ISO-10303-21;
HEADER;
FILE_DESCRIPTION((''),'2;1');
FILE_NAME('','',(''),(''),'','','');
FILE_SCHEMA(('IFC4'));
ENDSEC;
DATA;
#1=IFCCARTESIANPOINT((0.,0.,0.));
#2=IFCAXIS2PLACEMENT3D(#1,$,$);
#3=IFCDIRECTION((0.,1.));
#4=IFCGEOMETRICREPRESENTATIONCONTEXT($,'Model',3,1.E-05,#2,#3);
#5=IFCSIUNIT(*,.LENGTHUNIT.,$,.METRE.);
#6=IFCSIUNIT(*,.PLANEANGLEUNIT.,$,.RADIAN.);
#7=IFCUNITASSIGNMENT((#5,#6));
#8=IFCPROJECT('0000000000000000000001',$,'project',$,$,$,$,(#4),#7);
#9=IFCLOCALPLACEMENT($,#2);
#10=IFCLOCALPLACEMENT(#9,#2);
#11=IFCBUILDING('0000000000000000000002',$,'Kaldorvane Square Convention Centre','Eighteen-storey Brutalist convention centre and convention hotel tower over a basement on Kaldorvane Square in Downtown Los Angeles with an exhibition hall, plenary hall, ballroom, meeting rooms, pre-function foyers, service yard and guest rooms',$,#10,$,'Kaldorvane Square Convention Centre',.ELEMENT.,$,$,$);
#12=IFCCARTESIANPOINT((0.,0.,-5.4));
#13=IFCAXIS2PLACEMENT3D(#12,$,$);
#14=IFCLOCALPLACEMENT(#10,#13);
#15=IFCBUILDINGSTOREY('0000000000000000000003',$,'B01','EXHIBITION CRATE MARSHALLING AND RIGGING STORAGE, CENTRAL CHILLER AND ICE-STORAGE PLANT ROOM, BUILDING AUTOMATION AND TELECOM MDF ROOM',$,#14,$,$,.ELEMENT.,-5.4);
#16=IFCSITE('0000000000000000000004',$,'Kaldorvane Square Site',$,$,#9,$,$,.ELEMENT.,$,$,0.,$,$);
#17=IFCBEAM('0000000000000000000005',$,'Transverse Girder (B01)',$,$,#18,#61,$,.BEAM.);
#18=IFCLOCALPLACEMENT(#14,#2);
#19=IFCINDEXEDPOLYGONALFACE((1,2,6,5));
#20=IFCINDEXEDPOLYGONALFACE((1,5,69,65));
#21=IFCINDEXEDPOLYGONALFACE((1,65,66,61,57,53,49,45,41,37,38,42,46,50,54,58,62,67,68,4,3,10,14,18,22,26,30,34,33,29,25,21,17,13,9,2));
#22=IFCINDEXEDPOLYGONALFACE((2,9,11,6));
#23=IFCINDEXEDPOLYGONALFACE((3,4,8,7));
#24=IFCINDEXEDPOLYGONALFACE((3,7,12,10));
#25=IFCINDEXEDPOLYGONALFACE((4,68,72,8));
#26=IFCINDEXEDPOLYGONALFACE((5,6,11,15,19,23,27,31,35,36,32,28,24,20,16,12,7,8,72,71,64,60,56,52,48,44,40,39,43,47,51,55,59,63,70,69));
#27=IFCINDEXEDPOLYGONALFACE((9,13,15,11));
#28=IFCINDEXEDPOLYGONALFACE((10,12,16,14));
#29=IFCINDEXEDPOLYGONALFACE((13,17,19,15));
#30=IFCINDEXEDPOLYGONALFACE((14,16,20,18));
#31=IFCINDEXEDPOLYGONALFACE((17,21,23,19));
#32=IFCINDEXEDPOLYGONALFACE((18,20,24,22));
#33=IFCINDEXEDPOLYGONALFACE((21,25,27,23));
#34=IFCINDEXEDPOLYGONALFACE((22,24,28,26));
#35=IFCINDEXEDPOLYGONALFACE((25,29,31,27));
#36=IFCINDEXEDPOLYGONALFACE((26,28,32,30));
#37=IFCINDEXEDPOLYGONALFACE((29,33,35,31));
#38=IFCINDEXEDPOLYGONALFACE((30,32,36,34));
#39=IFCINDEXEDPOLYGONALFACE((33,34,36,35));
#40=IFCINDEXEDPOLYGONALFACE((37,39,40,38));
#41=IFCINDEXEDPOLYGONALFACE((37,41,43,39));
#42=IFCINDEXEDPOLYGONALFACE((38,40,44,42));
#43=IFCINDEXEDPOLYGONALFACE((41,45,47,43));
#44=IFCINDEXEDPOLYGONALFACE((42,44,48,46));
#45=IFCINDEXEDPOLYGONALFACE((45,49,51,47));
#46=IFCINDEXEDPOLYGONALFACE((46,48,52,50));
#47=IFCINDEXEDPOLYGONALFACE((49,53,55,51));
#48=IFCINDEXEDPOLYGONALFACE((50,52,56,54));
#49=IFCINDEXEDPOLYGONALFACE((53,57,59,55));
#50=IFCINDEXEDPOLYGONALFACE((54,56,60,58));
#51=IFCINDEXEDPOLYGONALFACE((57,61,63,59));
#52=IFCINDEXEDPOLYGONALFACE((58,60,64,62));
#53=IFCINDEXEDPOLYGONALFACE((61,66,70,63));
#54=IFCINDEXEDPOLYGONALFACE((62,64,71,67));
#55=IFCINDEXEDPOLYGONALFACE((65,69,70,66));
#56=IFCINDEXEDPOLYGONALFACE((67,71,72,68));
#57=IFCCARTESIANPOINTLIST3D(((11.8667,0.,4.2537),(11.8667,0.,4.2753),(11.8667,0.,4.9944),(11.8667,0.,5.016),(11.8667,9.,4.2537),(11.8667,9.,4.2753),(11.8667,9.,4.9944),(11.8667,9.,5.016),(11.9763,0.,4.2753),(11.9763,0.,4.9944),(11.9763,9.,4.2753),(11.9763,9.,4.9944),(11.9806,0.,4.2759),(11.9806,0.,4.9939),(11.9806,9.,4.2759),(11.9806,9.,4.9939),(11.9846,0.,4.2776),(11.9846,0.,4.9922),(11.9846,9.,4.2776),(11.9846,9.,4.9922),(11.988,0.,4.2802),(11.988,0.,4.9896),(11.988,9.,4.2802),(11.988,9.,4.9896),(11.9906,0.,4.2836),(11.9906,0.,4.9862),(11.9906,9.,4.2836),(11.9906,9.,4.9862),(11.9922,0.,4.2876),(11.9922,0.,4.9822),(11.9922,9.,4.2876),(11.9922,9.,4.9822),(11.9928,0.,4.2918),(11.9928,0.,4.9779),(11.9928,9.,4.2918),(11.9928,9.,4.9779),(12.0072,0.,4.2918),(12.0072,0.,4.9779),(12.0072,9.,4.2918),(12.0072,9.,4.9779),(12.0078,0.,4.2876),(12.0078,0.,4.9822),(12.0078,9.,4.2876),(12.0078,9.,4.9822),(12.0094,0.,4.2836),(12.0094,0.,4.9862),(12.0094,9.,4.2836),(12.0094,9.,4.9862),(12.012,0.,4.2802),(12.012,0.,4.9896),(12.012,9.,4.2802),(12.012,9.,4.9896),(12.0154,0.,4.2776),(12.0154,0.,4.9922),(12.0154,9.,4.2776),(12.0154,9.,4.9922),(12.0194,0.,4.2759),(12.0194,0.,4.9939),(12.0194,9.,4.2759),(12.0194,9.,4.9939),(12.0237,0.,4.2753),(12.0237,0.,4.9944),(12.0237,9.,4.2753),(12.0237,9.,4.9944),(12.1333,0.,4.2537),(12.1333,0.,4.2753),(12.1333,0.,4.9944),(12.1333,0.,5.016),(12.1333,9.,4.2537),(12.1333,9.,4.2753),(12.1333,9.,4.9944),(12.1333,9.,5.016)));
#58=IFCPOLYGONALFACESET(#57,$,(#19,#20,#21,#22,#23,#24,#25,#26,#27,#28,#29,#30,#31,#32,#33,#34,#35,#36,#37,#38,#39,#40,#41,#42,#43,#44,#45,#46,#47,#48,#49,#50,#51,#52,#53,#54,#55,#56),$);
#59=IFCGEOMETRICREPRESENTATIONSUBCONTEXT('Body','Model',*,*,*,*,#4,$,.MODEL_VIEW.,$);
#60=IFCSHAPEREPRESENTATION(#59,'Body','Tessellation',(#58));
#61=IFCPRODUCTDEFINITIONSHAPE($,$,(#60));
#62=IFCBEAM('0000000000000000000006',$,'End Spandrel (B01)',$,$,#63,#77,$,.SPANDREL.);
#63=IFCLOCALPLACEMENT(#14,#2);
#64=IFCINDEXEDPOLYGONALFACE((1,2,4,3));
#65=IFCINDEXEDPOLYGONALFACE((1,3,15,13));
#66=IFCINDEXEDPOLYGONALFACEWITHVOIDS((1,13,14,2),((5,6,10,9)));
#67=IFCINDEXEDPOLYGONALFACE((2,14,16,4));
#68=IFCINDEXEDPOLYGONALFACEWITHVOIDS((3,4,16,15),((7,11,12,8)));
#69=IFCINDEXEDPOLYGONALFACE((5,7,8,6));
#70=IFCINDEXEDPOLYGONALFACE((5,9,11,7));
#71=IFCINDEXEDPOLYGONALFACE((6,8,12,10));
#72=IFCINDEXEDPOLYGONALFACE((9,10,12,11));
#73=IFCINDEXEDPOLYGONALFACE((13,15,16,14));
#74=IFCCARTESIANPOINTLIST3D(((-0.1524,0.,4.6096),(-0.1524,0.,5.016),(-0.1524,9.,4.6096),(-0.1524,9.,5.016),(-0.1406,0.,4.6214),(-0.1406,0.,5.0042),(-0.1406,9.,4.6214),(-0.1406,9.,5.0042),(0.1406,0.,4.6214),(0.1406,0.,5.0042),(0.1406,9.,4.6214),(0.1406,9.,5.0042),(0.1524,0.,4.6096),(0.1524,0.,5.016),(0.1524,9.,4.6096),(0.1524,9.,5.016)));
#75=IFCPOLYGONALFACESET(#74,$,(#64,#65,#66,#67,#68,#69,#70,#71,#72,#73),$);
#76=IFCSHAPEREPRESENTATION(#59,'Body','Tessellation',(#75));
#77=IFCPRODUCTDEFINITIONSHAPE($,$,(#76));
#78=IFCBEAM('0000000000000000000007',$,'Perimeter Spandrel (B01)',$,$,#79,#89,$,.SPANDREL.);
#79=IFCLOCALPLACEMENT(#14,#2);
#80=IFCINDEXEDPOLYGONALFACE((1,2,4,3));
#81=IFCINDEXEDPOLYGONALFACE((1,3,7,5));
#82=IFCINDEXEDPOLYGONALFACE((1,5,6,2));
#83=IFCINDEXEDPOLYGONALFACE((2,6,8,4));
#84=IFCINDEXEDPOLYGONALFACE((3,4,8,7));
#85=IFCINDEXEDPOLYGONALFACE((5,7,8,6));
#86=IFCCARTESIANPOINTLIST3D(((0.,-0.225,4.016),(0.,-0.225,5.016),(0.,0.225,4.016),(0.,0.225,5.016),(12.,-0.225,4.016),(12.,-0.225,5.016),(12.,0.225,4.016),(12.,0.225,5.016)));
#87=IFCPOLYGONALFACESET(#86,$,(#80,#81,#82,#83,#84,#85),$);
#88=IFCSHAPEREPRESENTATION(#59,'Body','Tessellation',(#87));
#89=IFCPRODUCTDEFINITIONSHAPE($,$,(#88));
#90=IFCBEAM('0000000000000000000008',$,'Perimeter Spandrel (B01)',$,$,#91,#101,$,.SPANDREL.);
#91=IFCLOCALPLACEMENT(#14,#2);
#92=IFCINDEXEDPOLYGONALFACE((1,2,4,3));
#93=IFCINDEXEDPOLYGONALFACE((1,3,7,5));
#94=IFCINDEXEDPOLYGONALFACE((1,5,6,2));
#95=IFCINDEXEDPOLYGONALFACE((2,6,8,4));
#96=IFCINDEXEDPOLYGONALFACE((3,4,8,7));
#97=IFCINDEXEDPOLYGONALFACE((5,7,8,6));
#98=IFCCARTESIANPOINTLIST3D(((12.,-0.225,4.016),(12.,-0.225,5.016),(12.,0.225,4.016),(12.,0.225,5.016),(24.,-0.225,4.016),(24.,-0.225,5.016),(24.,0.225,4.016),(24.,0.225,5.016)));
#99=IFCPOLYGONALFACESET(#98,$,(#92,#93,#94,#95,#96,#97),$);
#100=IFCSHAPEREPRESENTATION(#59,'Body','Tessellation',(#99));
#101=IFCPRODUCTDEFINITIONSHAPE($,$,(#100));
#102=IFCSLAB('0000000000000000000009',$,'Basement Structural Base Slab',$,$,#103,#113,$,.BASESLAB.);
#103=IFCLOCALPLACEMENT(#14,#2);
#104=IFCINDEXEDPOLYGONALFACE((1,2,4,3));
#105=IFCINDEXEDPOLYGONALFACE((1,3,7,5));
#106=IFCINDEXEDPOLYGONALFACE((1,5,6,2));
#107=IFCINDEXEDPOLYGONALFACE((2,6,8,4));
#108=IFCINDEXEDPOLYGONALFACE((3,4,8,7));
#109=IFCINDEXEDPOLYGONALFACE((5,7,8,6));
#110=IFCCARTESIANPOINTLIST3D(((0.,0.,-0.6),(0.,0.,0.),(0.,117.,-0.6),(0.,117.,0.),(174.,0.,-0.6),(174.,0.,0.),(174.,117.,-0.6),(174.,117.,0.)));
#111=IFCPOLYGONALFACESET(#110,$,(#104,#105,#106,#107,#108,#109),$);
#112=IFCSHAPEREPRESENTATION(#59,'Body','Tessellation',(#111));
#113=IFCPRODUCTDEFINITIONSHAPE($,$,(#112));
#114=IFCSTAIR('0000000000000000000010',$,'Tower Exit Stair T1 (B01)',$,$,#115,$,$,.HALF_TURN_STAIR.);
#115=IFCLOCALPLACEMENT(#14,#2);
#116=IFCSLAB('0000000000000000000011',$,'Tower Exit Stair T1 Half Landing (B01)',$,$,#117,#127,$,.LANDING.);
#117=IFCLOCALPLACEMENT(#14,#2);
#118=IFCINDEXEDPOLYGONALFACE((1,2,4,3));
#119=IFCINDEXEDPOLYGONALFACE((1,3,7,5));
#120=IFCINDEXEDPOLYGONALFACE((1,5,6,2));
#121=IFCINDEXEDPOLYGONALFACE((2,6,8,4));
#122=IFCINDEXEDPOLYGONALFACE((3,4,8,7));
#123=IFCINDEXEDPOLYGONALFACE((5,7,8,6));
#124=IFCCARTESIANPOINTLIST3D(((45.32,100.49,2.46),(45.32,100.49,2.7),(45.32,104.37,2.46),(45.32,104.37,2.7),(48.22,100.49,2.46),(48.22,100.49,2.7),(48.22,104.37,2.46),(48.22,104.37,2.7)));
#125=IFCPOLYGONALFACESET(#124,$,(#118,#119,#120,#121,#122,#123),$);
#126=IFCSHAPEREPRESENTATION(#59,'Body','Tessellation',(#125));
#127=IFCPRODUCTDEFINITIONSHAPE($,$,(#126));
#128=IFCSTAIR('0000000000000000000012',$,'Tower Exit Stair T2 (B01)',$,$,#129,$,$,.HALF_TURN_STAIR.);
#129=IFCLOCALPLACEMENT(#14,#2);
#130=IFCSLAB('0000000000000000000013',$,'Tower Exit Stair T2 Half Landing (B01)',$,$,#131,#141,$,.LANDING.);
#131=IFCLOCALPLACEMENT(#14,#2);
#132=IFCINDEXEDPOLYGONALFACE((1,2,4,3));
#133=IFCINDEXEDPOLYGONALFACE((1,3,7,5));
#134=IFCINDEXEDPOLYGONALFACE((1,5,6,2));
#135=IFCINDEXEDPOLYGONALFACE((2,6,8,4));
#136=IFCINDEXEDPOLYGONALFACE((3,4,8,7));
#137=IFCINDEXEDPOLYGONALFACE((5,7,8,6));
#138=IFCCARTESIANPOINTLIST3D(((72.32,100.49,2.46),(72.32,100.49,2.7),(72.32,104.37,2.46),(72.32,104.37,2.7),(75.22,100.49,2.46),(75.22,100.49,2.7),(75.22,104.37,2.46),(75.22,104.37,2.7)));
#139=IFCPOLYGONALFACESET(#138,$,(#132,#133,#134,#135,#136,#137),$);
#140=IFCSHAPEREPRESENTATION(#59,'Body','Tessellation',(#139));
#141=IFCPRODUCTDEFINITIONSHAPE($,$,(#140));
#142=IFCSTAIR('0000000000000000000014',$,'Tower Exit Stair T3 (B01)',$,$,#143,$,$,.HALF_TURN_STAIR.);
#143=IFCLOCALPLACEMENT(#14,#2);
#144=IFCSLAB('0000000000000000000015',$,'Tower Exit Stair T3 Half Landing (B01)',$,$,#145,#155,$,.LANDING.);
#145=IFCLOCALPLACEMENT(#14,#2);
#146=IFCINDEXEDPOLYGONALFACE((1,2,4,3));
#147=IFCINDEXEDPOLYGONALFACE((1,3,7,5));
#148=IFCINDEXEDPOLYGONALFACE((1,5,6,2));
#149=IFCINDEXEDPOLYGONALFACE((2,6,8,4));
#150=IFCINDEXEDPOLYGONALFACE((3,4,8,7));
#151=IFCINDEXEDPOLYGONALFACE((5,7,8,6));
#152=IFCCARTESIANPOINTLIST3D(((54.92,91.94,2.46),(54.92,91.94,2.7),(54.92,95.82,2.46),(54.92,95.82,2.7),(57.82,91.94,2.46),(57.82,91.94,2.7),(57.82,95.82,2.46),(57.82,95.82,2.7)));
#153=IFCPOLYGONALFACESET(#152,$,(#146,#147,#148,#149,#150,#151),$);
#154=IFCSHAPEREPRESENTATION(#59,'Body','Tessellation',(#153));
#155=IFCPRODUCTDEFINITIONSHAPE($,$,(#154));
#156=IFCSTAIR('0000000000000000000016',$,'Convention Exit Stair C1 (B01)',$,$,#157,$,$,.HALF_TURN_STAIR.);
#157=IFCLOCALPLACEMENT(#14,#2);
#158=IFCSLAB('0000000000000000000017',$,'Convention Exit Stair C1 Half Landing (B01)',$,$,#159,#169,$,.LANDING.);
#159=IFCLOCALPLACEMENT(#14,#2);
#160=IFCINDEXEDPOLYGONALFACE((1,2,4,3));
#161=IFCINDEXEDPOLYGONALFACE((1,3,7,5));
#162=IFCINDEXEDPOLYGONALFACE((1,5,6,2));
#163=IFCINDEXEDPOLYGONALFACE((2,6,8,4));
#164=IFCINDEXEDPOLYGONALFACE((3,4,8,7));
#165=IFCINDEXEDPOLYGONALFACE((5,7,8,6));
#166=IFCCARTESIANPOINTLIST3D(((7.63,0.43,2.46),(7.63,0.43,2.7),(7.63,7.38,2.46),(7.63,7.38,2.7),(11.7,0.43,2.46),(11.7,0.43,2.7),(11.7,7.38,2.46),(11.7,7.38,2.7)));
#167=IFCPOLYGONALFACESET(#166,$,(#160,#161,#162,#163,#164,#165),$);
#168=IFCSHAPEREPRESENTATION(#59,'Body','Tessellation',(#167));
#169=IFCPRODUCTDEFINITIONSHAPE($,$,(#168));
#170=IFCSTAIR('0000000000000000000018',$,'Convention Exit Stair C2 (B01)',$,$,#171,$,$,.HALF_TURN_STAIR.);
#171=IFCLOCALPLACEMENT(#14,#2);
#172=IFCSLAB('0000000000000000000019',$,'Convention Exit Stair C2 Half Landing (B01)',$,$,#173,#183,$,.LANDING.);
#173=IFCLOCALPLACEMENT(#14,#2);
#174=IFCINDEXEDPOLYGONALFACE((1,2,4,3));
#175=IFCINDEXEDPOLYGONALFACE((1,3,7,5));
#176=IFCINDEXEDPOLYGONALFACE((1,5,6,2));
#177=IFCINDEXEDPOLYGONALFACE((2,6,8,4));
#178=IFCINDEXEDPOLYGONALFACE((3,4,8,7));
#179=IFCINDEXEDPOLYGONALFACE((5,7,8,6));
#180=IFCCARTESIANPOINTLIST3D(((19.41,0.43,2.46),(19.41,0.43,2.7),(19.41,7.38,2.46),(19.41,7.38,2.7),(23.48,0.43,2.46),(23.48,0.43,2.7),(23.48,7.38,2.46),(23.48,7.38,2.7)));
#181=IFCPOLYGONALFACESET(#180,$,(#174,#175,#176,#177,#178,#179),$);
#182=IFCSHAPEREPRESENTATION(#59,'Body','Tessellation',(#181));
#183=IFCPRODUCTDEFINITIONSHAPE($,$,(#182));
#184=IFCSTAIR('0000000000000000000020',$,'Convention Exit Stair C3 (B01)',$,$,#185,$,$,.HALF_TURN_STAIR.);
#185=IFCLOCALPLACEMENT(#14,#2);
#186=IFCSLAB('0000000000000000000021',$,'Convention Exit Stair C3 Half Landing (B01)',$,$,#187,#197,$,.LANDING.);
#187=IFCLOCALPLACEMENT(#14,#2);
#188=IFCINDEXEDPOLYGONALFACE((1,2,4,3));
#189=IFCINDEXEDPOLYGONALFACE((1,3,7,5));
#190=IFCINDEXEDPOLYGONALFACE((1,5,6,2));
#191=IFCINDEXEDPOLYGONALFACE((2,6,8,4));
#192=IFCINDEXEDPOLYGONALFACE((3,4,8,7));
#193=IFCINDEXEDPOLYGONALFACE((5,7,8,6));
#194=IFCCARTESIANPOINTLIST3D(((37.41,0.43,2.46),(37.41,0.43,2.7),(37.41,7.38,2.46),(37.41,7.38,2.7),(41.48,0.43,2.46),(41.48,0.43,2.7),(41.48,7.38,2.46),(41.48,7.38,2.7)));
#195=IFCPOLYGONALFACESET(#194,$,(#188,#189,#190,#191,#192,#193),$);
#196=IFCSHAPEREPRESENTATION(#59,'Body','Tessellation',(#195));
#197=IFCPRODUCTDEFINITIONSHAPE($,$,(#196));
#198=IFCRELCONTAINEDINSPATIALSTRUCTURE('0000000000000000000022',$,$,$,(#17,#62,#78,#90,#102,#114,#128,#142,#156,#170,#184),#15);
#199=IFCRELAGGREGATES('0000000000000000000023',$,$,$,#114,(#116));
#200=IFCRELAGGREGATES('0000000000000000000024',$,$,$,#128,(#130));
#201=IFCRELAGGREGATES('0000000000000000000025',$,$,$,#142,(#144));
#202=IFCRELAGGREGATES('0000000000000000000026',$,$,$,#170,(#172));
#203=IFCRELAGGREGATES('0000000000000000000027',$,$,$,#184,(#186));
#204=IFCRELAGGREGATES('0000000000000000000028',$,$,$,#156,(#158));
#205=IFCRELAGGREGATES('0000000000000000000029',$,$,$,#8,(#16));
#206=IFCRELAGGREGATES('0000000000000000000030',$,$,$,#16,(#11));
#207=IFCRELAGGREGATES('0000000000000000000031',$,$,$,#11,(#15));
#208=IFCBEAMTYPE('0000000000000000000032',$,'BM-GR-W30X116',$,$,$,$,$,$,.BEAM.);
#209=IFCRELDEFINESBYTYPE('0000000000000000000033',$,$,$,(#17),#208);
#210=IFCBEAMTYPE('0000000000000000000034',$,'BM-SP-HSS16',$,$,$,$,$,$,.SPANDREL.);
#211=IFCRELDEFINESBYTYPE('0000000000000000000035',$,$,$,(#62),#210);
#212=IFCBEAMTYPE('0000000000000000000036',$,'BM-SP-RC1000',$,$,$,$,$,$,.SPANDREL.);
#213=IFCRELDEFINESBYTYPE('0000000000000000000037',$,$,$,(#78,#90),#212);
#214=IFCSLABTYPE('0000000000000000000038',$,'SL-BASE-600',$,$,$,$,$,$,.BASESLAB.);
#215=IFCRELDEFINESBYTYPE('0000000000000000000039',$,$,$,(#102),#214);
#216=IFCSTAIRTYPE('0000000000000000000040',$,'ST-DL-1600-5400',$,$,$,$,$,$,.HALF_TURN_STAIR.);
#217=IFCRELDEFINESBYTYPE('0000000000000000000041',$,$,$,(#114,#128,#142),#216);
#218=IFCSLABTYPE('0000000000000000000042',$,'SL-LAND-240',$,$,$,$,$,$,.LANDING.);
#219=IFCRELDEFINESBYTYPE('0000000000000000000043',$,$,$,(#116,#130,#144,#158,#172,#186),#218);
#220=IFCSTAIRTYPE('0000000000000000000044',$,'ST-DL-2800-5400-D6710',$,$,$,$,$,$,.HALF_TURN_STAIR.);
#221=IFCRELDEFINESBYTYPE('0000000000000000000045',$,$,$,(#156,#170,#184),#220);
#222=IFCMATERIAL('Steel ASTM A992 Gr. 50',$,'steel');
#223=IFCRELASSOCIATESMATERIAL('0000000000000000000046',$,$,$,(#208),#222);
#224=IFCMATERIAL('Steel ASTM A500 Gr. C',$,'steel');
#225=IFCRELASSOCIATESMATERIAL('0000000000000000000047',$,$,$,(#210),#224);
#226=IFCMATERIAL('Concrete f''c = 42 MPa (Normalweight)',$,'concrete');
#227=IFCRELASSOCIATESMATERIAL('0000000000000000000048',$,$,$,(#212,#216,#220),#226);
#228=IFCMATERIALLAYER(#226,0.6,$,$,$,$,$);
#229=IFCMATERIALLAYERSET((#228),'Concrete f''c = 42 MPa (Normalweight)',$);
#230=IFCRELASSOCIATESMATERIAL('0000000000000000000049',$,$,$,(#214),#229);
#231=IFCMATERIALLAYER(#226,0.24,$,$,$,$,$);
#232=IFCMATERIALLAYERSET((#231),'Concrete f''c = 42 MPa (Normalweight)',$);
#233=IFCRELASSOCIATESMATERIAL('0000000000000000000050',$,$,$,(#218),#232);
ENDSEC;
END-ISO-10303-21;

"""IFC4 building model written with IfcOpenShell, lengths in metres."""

from ifc_helpers import new_model, si_unit, direction, frame, origin, origin_2d, place, context, subcontext, project, spatial, polyline, rectangle, hollow_rectangle, i_section, outline, extrude, material, layer, layer_set, material_profile, profile_set, type_object, element, aggregate, save


model = new_model("IFC4")

# Units and contexts
model_context = context("Model", 3, precision=1e-05, world=origin(), true_north=direction((0.0, 1.0)))
body_context = subcontext(model_context, "Body", "Model", "MODEL_VIEW")
ifc_project = project(units=[si_unit("LENGTHUNIT", "METRE"), si_unit("PLANEANGLEUNIT", "RADIAN")], contexts=[model_context])

# Site, building, storey
site_placement = place(None, origin())
site = spatial("IfcSite", under=ifc_project, at=site_placement, Name="Kaldorvane Square Site", CompositionType="ELEMENT", RefElevation=0.0)
building_placement = place(site_placement, origin())
building = spatial("IfcBuilding", under=site, at=building_placement, Name="Kaldorvane Square Convention Centre", Description="Eighteen-storey Brutalist convention centre and convention hotel tower over a basement on Kaldorvane Square in Downtown Los Angeles with an exhibition hall, plenary hall, ballroom, meeting rooms, pre-function foyers, service yard and guest rooms", LongName="Kaldorvane Square Convention Centre", CompositionType="ELEMENT")
storey_placement = place(building_placement, frame((0.0, 0.0, -5.4)))
storey = spatial("IfcBuildingStorey", under=building, at=storey_placement, Name="B01", Description="EXHIBITION CRATE MARSHALLING AND RIGGING STORAGE, CENTRAL CHILLER AND ICE-STORAGE PLANT ROOM, BUILDING AUTOMATION AND TELECOM MDF ROOM", CompositionType="ELEMENT", Elevation=-5.4)

# Shared definitions
ifc_material_1 = material(Name="Concrete f'c = 42 MPa (Normalweight)", Category="concrete")

# Shared definitions
ifc_material_2 = material(Name="Steel ASTM A992 Gr. 50", Category="steel")

# Beams
ifc_material_profile_1 = material_profile(ifc_material_2, i_section(OverallWidth=0.2666, OverallDepth=0.7623, WebThickness=0.0144, FlangeThickness=0.0216, FilletRadius=0.0165, at=origin_2d()), Name="W30X116")
ifc_profile_set_1 = profile_set([ifc_material_profile_1], Name="Steel ASTM A992 Gr. 50")
beam_type_1 = type_object("IfcBeamType", Name="BM-GR-W30X116", PredefinedType="BEAM", material=ifc_profile_set_1)
beam_1_placement = place(storey_placement, frame((12.0, 0.0, 4.6349), z_axis=(0.0, 1.0, 0.0), x_axis=(-1.0, 0.0, 0.0)))
element("IfcBeam", 1, at=beam_1_placement, inside=storey, type_object=beam_type_1, Name="Transverse Girder (B01)", PredefinedType="BEAM", context=body_context, shape_type="SweptSolid", body=[
    extrude(i_section(OverallWidth=0.2666, OverallDepth=0.7623, WebThickness=0.0144, FlangeThickness=0.0216, FilletRadius=0.0165, at=origin_2d()), origin(), (0.0, 0.0, 1.0), 9.0),
])
ifc_material_3 = material(Name="Steel ASTM A500 Gr. C", Category="steel")
ifc_material_profile_2 = material_profile(ifc_material_3, hollow_rectangle(XDim=0.3048, YDim=0.4064, WallThickness=0.0118, at=origin_2d()), Name="HSS16X12X1/2")
ifc_profile_set_2 = profile_set([ifc_material_profile_2], Name="Steel ASTM A500 Gr. C")
beam_type_2 = type_object("IfcBeamType", Name="BM-SP-HSS16", PredefinedType="SPANDREL", material=ifc_profile_set_2)
beam_2_placement = place(storey_placement, frame((0.0, 0.0, 4.8128), z_axis=(0.0, 1.0, 0.0), x_axis=(-1.0, 0.0, 0.0)))
element("IfcBeam", 2, at=beam_2_placement, inside=storey, type_object=beam_type_2, Name="End Spandrel (B01)", PredefinedType="SPANDREL", context=body_context, shape_type="SweptSolid", body=[
    extrude(hollow_rectangle(XDim=0.3048, YDim=0.4064, WallThickness=0.0118, at=origin_2d()), origin(), (0.0, 0.0, 1.0), 9.0),
])
ifc_material_profile_3 = material_profile(ifc_material_1, rectangle(XDim=0.45, YDim=1.0, at=origin_2d()), Name="RCSP1000X450")
ifc_profile_set_3 = profile_set([ifc_material_profile_3], Name="Concrete f'c = 42 MPa (Normalweight)")
beam_type_3 = type_object("IfcBeamType", Name="BM-SP-RC1000", PredefinedType="SPANDREL", material=ifc_profile_set_3)
for number, where, z_axis, x_axis, name in (
    (3, (0.0, 0.0, 4.516), (1.0, 0.0, 0.0), (0.0, 1.0, 0.0), "Perimeter Spandrel (B01)"),
    (4, (12.0, 0.0, 4.516), (1.0, 0.0, 0.0), (0.0, 1.0, 0.0), "Perimeter Spandrel (B01)"),
):
    element("IfcBeam", number, at=place(storey_placement, frame(where, z_axis=z_axis, x_axis=x_axis)), inside=storey, type_object=beam_type_3, Name=name, PredefinedType="SPANDREL", context=body_context, shape_type="SweptSolid", body=[
        extrude(rectangle(XDim=0.45, YDim=1.0, at=origin_2d()), origin(), (0.0, 0.0, 1.0), 12.0),
    ])

# Slab
ifc_layer_1 = layer(ifc_material_1, 0.6)
ifc_layer_set_1 = layer_set([ifc_layer_1], Name="Concrete f'c = 42 MPa (Normalweight)")
slab_type_1 = type_object("IfcSlabType", Name="SL-BASE-600", PredefinedType="BASESLAB", material=ifc_layer_set_1)
slab_1_placement = place(storey_placement, frame((0.0, 0.0, -0.6)))
element("IfcSlab", 5, at=slab_1_placement, inside=storey, type_object=slab_type_1, Name="Basement Structural Base Slab", PredefinedType="BASESLAB", context=body_context, shape_type="SweptSolid", body=[
    extrude(outline(polyline([(0.0, 0.0), (174.0, 0.0), (174.0, 117.0), (0.0, 117.0), (0.0, 0.0)])), origin(), (0.0, 0.0, 1.0), 0.6),
])

# Stairs, slabs
stair_type_1 = type_object("IfcStairType", Name="ST-DL-1600-5400", PredefinedType="HALF_TURN_STAIR", material=ifc_material_1)
stair_1_placement = place(storey_placement, origin())
stair_1 = element("IfcStair", 6, at=stair_1_placement, inside=storey, type_object=stair_type_1, Name="Tower Exit Stair T1 (B01)", PredefinedType="HALF_TURN_STAIR")
ifc_layer_2 = layer(ifc_material_1, 0.24)
ifc_layer_set_2 = layer_set([ifc_layer_2], Name="Concrete f'c = 42 MPa (Normalweight)")
slab_type_2 = type_object("IfcSlabType", Name="SL-LAND-240", PredefinedType="LANDING", material=ifc_layer_set_2)
slab_2_placement = place(storey_placement, frame((0.0, 0.0, 2.46)))
slab_2 = element("IfcSlab", 7, at=slab_2_placement, type_object=slab_type_2, Name="Tower Exit Stair T1 Half Landing (B01)", PredefinedType="LANDING", context=body_context, shape_type="SweptSolid", body=[
    extrude(outline(polyline([(45.32, 100.49), (48.22, 100.49), (48.22, 104.37), (45.32, 104.37), (45.32, 100.49)])), origin(), (0.0, 0.0, 1.0), 0.24),
])
aggregate(stair_1, [slab_2])
stair_2_placement = place(storey_placement, origin())
stair_2 = element("IfcStair", 8, at=stair_2_placement, inside=storey, type_object=stair_type_1, Name="Tower Exit Stair T2 (B01)", PredefinedType="HALF_TURN_STAIR")
slab_3_placement = place(storey_placement, frame((0.0, 0.0, 2.46)))
slab_3 = element("IfcSlab", 9, at=slab_3_placement, type_object=slab_type_2, Name="Tower Exit Stair T2 Half Landing (B01)", PredefinedType="LANDING", context=body_context, shape_type="SweptSolid", body=[
    extrude(outline(polyline([(72.32, 100.49), (75.22, 100.49), (75.22, 104.37), (72.32, 104.37), (72.32, 100.49)])), origin(), (0.0, 0.0, 1.0), 0.24),
])
aggregate(stair_2, [slab_3])
stair_3_placement = place(storey_placement, origin())
stair_3 = element("IfcStair", 10, at=stair_3_placement, inside=storey, type_object=stair_type_1, Name="Tower Exit Stair T3 (B01)", PredefinedType="HALF_TURN_STAIR")
slab_4_placement = place(storey_placement, frame((0.0, 0.0, 2.46)))
slab_4 = element("IfcSlab", 11, at=slab_4_placement, type_object=slab_type_2, Name="Tower Exit Stair T3 Half Landing (B01)", PredefinedType="LANDING", context=body_context, shape_type="SweptSolid", body=[
    extrude(outline(polyline([(54.92, 91.94), (57.82, 91.94), (57.82, 95.82), (54.92, 95.82), (54.92, 91.94)])), origin(), (0.0, 0.0, 1.0), 0.24),
])
aggregate(stair_3, [slab_4])
stair_type_2 = type_object("IfcStairType", Name="ST-DL-2800-5400-D6710", PredefinedType="HALF_TURN_STAIR", material=ifc_material_1)
stair_4_placement = place(storey_placement, origin())
stair_4 = element("IfcStair", 12, at=stair_4_placement, inside=storey, type_object=stair_type_2, Name="Convention Exit Stair C1 (B01)", PredefinedType="HALF_TURN_STAIR")
slab_5_placement = place(storey_placement, frame((0.0, 0.0, 2.46)))
slab_5 = element("IfcSlab", 13, at=slab_5_placement, type_object=slab_type_2, Name="Convention Exit Stair C1 Half Landing (B01)", PredefinedType="LANDING", context=body_context, shape_type="SweptSolid", body=[
    extrude(outline(polyline([(7.63, 0.43), (11.7, 0.43), (11.7, 7.38), (7.63, 7.38), (7.63, 0.43)])), origin(), (0.0, 0.0, 1.0), 0.24),
])
stair_5_placement = place(storey_placement, origin())
stair_5 = element("IfcStair", 14, at=stair_5_placement, inside=storey, type_object=stair_type_2, Name="Convention Exit Stair C2 (B01)", PredefinedType="HALF_TURN_STAIR")
slab_6_placement = place(storey_placement, frame((0.0, 0.0, 2.46)))
slab_6 = element("IfcSlab", 15, at=slab_6_placement, type_object=slab_type_2, Name="Convention Exit Stair C2 Half Landing (B01)", PredefinedType="LANDING", context=body_context, shape_type="SweptSolid", body=[
    extrude(outline(polyline([(19.41, 0.43), (23.48, 0.43), (23.48, 7.38), (19.41, 7.38), (19.41, 0.43)])), origin(), (0.0, 0.0, 1.0), 0.24),
])
aggregate(stair_5, [slab_6])
stair_6_placement = place(storey_placement, origin())
stair_6 = element("IfcStair", 16, at=stair_6_placement, inside=storey, type_object=stair_type_2, Name="Convention Exit Stair C3 (B01)", PredefinedType="HALF_TURN_STAIR")
slab_7_placement = place(storey_placement, frame((0.0, 0.0, 2.46)))
slab_7 = element("IfcSlab", 17, at=slab_7_placement, type_object=slab_type_2, Name="Convention Exit Stair C3 Half Landing (B01)", PredefinedType="LANDING", context=body_context, shape_type="SweptSolid", body=[
    extrude(outline(polyline([(37.41, 0.43), (41.48, 0.43), (41.48, 7.38), (37.41, 7.38), (37.41, 0.43)])), origin(), (0.0, 0.0, 1.0), 0.24),
])
aggregate(stair_6, [slab_7])

aggregate(stair_4, [slab_5])

save(model, "model.ifc")
